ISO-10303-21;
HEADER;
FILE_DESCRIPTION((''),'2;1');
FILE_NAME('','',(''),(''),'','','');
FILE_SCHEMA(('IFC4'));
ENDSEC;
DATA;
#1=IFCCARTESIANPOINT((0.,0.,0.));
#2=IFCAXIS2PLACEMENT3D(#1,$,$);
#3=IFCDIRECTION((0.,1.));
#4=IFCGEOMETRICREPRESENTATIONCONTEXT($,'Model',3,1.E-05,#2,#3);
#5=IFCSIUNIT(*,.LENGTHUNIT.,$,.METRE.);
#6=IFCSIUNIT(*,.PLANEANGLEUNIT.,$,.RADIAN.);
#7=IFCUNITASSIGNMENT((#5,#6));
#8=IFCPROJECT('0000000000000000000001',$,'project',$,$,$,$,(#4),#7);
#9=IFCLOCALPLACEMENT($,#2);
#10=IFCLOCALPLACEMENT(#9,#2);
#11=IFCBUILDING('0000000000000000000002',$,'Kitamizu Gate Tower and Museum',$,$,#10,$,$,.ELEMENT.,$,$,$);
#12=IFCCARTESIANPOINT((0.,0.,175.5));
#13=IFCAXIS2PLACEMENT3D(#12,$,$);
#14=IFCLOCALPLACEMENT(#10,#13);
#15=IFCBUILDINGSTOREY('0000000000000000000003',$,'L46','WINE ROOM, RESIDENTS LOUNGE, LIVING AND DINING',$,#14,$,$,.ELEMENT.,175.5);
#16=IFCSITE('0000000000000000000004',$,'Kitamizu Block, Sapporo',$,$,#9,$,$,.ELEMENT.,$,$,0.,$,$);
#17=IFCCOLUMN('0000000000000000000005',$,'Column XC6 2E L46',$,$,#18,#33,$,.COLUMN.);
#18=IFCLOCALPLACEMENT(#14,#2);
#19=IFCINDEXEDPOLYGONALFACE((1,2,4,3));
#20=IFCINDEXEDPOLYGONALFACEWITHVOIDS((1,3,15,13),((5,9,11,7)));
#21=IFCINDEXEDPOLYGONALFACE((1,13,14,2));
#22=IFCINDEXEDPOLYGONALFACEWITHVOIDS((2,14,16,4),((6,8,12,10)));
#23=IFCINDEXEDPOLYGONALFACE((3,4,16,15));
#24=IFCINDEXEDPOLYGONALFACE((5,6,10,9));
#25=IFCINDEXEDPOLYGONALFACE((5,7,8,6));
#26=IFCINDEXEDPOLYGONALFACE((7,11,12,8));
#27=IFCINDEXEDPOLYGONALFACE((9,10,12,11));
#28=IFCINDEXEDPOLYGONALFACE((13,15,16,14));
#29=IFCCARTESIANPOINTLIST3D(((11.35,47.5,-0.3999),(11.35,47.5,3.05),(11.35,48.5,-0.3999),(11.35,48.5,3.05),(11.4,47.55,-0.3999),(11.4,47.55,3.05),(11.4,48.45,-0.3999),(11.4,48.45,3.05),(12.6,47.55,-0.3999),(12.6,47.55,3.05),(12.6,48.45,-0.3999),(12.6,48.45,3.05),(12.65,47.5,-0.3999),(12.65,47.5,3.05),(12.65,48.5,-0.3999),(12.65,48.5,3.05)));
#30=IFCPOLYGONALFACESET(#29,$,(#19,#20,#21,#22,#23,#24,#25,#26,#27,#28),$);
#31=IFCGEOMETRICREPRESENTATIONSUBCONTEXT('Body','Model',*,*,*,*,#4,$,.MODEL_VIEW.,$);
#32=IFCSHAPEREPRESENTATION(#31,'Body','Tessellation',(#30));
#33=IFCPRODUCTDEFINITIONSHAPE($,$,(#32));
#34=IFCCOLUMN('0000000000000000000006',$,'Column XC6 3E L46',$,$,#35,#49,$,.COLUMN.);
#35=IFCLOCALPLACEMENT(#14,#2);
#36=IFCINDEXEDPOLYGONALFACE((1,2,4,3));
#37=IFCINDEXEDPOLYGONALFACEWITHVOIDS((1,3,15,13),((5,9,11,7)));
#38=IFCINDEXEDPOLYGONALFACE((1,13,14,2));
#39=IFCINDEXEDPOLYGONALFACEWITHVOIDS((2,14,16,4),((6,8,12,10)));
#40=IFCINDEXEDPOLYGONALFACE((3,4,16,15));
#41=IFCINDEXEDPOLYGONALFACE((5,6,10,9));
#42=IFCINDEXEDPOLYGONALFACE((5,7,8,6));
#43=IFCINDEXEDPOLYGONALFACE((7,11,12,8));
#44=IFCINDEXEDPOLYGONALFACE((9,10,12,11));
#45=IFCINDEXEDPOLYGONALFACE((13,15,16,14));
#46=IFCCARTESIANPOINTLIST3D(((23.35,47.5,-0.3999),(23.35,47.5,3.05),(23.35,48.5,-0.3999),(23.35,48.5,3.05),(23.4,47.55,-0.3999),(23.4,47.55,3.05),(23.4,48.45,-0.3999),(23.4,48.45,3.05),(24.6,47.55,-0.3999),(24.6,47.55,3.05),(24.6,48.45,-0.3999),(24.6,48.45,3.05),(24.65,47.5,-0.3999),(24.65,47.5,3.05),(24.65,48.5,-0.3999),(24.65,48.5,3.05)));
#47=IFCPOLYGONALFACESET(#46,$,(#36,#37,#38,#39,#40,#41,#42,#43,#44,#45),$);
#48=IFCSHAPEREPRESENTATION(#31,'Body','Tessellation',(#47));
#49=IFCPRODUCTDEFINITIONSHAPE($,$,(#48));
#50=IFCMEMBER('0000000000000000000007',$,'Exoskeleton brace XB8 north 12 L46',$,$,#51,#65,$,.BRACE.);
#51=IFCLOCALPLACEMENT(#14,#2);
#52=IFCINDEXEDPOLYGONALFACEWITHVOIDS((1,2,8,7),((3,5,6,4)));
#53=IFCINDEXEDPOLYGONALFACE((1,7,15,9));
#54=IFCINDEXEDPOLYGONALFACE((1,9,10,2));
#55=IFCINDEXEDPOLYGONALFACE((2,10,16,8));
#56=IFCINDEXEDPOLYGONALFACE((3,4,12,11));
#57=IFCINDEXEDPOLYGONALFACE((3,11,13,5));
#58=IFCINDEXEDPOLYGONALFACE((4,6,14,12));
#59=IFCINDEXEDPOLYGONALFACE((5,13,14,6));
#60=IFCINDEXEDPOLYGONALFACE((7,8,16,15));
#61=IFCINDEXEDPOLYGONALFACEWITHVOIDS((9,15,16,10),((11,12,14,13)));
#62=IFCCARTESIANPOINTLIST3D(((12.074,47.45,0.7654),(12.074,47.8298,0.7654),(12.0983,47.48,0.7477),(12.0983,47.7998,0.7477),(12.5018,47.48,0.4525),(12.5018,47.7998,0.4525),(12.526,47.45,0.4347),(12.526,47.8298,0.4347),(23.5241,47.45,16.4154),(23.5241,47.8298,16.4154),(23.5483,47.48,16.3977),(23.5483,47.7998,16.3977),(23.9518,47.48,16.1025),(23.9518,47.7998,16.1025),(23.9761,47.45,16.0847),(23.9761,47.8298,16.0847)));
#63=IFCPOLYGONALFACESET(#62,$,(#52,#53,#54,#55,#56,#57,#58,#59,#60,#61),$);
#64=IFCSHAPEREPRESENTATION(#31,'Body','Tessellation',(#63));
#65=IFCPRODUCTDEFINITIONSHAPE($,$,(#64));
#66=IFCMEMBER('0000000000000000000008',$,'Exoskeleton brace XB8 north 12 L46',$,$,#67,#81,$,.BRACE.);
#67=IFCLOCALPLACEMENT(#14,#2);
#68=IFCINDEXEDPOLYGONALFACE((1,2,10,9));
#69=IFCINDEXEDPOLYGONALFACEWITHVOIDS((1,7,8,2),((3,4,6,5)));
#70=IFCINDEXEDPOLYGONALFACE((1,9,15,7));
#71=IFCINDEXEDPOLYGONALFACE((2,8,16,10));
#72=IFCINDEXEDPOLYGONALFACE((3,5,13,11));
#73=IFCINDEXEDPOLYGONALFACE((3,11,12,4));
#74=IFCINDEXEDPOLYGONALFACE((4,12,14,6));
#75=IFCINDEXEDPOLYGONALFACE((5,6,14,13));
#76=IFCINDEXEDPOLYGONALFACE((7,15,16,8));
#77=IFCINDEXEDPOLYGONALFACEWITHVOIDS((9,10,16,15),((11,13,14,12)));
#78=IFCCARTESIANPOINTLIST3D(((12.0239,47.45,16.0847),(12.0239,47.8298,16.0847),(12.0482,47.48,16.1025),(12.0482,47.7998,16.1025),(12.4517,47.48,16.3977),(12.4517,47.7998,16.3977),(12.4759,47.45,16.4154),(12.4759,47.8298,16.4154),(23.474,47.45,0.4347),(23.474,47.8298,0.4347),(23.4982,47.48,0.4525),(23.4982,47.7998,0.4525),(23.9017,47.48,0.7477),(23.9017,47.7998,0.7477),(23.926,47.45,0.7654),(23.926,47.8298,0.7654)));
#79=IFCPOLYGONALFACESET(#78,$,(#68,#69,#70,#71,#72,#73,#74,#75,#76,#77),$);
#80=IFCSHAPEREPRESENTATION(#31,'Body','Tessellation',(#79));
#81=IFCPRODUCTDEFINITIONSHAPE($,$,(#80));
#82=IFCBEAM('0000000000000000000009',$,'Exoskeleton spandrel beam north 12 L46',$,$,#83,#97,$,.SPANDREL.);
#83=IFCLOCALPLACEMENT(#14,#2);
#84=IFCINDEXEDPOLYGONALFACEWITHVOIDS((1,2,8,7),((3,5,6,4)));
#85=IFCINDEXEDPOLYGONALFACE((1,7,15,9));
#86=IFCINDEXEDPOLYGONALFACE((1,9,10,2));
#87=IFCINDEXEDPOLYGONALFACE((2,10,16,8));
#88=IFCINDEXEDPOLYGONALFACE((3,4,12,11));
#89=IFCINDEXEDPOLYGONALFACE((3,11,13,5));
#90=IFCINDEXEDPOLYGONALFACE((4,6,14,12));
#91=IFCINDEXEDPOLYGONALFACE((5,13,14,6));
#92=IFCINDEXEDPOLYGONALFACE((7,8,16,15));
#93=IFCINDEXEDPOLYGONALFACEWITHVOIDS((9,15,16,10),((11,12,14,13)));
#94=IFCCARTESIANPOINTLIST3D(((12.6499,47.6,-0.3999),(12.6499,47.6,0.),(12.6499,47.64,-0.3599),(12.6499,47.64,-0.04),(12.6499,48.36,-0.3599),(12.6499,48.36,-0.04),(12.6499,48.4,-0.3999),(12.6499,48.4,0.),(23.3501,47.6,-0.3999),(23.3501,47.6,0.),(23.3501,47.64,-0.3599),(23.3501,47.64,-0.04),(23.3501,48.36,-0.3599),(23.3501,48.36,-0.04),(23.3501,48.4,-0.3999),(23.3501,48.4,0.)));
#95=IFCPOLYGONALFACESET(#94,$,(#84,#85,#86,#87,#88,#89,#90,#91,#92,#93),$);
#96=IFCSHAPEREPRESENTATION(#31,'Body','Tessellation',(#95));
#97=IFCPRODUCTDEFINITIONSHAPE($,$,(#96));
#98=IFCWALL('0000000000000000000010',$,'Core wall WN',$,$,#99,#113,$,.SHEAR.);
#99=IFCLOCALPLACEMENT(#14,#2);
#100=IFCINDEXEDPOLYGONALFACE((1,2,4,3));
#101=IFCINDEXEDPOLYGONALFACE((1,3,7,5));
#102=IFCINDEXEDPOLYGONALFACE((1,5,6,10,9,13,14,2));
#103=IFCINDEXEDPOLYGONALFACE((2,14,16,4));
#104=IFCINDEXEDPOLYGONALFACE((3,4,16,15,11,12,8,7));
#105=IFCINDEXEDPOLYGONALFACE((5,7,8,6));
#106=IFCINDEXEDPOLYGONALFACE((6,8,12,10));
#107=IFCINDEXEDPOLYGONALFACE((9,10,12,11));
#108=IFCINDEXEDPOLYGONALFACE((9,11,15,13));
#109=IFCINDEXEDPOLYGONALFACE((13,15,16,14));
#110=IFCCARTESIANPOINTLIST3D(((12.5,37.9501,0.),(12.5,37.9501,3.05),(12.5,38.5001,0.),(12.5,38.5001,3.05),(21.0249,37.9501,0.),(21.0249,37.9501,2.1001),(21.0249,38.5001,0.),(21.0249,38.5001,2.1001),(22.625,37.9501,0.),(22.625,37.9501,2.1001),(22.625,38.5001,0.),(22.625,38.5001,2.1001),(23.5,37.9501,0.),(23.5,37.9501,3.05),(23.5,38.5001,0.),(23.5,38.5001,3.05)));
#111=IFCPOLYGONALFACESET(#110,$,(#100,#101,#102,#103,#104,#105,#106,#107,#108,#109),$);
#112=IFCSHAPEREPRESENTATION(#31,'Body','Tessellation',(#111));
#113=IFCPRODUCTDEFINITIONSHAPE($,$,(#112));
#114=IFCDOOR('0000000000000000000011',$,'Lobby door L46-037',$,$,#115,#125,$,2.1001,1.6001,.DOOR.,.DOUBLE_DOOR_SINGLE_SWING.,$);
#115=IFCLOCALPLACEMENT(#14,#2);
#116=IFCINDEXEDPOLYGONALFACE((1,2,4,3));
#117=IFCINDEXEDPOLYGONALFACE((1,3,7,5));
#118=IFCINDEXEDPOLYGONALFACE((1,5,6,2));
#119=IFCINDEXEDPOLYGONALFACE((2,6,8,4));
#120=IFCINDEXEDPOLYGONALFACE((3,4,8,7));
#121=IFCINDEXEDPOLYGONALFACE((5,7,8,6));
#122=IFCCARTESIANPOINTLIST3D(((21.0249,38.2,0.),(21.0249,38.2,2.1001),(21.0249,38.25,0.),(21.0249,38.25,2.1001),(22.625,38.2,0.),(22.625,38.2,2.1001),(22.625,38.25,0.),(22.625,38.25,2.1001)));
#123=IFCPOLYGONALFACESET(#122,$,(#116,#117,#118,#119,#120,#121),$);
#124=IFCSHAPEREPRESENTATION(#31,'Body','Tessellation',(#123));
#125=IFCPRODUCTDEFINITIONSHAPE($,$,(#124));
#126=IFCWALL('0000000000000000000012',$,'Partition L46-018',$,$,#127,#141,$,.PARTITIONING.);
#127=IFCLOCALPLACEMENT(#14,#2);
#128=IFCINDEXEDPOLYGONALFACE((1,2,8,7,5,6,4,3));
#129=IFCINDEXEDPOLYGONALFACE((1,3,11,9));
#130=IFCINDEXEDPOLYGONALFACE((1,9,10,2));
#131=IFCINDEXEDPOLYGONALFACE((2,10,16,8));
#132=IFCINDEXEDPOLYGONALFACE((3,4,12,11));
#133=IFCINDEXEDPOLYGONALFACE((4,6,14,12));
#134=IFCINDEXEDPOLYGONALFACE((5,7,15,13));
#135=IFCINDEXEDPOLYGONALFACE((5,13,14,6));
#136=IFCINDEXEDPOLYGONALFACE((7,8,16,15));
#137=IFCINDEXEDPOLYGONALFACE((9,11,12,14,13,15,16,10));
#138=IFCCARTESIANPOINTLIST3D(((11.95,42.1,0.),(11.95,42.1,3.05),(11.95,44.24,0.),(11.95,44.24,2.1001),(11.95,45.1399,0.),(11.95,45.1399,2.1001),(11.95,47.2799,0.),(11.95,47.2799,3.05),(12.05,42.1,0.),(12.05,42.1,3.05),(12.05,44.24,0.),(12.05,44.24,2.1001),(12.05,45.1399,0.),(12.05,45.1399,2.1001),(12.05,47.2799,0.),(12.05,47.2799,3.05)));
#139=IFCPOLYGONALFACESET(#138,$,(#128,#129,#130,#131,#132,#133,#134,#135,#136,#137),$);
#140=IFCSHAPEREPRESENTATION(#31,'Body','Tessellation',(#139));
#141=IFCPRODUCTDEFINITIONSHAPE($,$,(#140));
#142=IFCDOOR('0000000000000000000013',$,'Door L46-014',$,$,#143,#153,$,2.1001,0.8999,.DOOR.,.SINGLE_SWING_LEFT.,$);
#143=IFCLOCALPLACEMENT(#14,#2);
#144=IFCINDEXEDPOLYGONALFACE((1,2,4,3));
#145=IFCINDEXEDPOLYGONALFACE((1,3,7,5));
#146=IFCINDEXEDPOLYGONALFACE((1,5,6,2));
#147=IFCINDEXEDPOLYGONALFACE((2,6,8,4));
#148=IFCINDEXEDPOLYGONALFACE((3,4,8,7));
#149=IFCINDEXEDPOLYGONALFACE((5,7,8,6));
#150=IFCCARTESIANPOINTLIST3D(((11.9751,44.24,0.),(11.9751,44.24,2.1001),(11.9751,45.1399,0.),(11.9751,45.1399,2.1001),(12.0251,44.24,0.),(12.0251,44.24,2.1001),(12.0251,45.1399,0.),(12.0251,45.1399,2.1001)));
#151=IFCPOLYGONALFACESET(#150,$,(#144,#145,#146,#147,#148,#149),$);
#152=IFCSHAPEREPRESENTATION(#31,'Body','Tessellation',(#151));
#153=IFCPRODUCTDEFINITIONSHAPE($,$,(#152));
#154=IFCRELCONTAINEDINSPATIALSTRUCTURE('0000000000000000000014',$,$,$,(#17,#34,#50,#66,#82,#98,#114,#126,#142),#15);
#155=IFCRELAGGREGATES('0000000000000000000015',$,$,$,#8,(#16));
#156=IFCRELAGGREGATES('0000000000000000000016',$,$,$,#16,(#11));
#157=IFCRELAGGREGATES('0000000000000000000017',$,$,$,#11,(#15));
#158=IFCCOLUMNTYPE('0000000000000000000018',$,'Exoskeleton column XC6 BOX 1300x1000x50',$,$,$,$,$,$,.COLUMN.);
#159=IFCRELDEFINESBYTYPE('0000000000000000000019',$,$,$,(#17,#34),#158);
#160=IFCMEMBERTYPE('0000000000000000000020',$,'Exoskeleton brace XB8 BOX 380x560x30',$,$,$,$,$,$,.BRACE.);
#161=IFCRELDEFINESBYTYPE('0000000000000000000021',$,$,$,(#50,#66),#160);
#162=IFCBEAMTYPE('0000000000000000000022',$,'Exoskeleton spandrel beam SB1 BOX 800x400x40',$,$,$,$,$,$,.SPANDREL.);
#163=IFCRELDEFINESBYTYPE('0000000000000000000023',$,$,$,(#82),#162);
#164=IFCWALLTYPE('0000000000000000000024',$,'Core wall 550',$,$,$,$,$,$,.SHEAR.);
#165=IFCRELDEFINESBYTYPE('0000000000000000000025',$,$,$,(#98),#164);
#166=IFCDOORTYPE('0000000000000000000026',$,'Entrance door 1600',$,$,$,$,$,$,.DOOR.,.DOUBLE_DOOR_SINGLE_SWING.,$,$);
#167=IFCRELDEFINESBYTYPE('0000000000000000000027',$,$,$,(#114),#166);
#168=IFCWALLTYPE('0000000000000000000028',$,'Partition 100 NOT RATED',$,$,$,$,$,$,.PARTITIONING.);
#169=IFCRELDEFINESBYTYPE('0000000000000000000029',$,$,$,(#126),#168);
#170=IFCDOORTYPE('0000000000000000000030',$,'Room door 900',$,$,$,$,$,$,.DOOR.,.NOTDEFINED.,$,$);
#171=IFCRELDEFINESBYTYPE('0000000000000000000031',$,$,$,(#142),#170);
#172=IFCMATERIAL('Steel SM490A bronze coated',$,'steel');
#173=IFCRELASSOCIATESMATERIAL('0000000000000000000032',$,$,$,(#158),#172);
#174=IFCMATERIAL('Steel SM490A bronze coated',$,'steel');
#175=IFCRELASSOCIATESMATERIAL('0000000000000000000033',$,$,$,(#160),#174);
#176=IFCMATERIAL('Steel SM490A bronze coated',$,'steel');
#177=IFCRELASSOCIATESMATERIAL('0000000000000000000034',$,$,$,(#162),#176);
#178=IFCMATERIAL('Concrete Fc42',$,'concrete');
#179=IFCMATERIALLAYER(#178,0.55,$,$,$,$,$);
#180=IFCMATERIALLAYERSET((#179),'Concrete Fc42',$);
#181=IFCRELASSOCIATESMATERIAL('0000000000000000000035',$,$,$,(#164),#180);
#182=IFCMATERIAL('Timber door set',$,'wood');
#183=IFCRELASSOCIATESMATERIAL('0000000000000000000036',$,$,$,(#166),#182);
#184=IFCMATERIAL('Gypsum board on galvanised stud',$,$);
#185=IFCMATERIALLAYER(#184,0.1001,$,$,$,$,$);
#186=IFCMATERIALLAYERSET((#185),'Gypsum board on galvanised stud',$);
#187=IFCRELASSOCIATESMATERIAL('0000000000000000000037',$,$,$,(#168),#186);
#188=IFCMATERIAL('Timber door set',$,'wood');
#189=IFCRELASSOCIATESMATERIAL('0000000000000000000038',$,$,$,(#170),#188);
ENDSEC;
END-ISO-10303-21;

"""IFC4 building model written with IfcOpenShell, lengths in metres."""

from ifc_helpers import new_model, si_unit, direction, frame, frame_2d, origin, origin_2d, place, context, subcontext, project, spatial, rectangle, hollow_rectangle, extrude, material, layer, layer_set, material_profile, profile_set, type_object, element, fill, save


model = new_model("IFC4")

# Units and contexts
model_context = context("Model", 3, precision=1e-05, world=origin(), true_north=direction((0.0, 1.0)))
body_context = subcontext(model_context, "Body", "Model", "MODEL_VIEW")
ifc_project = project(units=[si_unit("LENGTHUNIT", "METRE"), si_unit("PLANEANGLEUNIT", "RADIAN")], contexts=[model_context])

# Site, building, storey
site_placement = place(None, origin())
site = spatial("IfcSite", under=ifc_project, at=site_placement, Name="Kitamizu Block, Sapporo", CompositionType="ELEMENT", RefElevation=0.0)
building_placement = place(site_placement, origin())
building = spatial("IfcBuilding", under=site, at=building_placement, Name="Kitamizu Gate Tower and Museum", CompositionType="ELEMENT")
storey_placement = place(building_placement, frame((0.0, 0.0, 175.5)))
storey = spatial("IfcBuildingStorey", under=building, at=storey_placement, Name="L46", Description="WINE ROOM, RESIDENTS LOUNGE, LIVING AND DINING", CompositionType="ELEMENT", Elevation=175.5)

# Columns
ifc_material_1 = material(Name="Steel SM490A bronze coated", Category="steel")
ifc_material_profile_1 = material_profile(ifc_material_1, hollow_rectangle(XDim=1.3, YDim=1.0, WallThickness=0.05, at=origin_2d()), Name="BOX 1300x1000x50")
ifc_profile_set_1 = profile_set([ifc_material_profile_1], Name="Steel SM490A bronze coated")
column_type = type_object("IfcColumnType", Name="Exoskeleton column XC6 BOX 1300x1000x50", PredefinedType="COLUMN", material=ifc_profile_set_1)
for number, where, z_axis, x_axis, name in (
    (1, (12.0, 48.0, -0.3999), (0.0, 0.0, 1.0), (1.0, 0.0, 0.0), "Column XC6 2E L46"),
    (2, (24.0, 48.0, -0.3999), (0.0, 0.0, 1.0), (1.0, 0.0, 0.0), "Column XC6 3E L46"),
):
    element("IfcColumn", number, at=place(storey_placement, frame(where, z_axis=z_axis, x_axis=x_axis)), inside=storey, type_object=column_type, Name=name, PredefinedType="COLUMN", context=body_context, shape_type="SweptSolid", body=[
        extrude(hollow_rectangle(XDim=1.3, YDim=1.0, WallThickness=0.05, at=origin_2d()), origin(), (0.0, 0.0, 1.0), 3.45),
    ])

# Members
ifc_material_2 = material(Name="Steel SM490A bronze coated", Category="steel")
ifc_material_profile_2 = material_profile(ifc_material_2, hollow_rectangle(XDim=0.3799, YDim=0.5601, WallThickness=0.03, at=origin_2d()), Name="BOX 380x560x30")
ifc_profile_set_2 = profile_set([ifc_material_profile_2], Name="Steel SM490A bronze coated")
member_type = type_object("IfcMemberType", Name="Exoskeleton brace XB8 BOX 380x560x30", PredefinedType="BRACE", material=ifc_profile_set_2)
for number, where, z_axis, x_axis, name in (
    (3, (12.3, 47.6399, 0.6001), (0.59047, 0.0, 0.80706), (0.0, 1.0, 0.0), "Exoskeleton brace XB8 north 12 L46"),
    (4, (23.7, 47.6399, 0.6001), (-0.59047, 0.0, 0.80706), (0.0, -1.0, 0.0), "Exoskeleton brace XB8 north 12 L46"),
):
    element("IfcMember", number, at=place(storey_placement, frame(where, z_axis=z_axis, x_axis=x_axis)), inside=storey, type_object=member_type, Name=name, PredefinedType="BRACE", context=body_context, shape_type="SweptSolid", body=[
        extrude(hollow_rectangle(XDim=0.3799, YDim=0.5601, WallThickness=0.03, at=origin_2d()), origin(), (0.0, 0.0, 1.0), 19.3914),
    ])

# Beam
ifc_material_3 = material(Name="Steel SM490A bronze coated", Category="steel")
ifc_material_profile_3 = material_profile(ifc_material_3, hollow_rectangle(XDim=0.8, YDim=0.3999, WallThickness=0.04, at=origin_2d()), Name="BOX 800x400x40")
ifc_profile_set_3 = profile_set([ifc_material_profile_3], Name="Steel SM490A bronze coated")
beam_type = type_object("IfcBeamType", Name="Exoskeleton spandrel beam SB1 BOX 800x400x40", PredefinedType="SPANDREL", material=ifc_profile_set_3)
beam_placement = place(storey_placement, frame((12.6499, 48.0, -0.2), z_axis=(1.0, 0.0, 0.0), x_axis=(0.0, 1.0, 0.0)))
element("IfcBeam", 5, at=beam_placement, inside=storey, type_object=beam_type, Name="Exoskeleton spandrel beam north 12 L46", PredefinedType="SPANDREL", context=body_context, shape_type="SweptSolid", body=[
    extrude(hollow_rectangle(XDim=0.8, YDim=0.3999, WallThickness=0.04, at=origin_2d()), origin(), (0.0, 0.0, 1.0), 10.7002),
])

# Walls, openings, doors
ifc_material_4 = material(Name="Concrete Fc42", Category="concrete")
ifc_layer_1 = layer(ifc_material_4, 0.55)
ifc_layer_set_1 = layer_set([ifc_layer_1], Name="Concrete Fc42")
wall_type_1 = type_object("IfcWallType", Name="Core wall 550", PredefinedType="SHEAR", material=ifc_layer_set_1)
wall_1_placement = place(storey_placement, frame((12.5, 38.2251, 0.0), z_axis=(0.0, 0.0, 1.0), x_axis=(1.0, 0.0, 0.0)))
wall_1 = element("IfcWall", 6, at=wall_1_placement, inside=storey, type_object=wall_type_1, Name="Core wall WN", PredefinedType="SHEAR", context=body_context, shape_type="SweptSolid", body=[
    extrude(rectangle(XDim=11.0, YDim=0.55, at=frame_2d((5.5, 0.0))), origin(), (0.0, 0.0, 1.0), 3.05),
])
opening_1_placement = place(wall_1_placement, frame((8.5249, 0.0, 0.0)))
opening_1 = element("IfcOpeningElement", 7, at=opening_1_placement, cuts=wall_1, PredefinedType="OPENING", context=body_context, shape_type="SweptSolid", body=[
    extrude(rectangle(XDim=1.6001, YDim=2.1001, at=frame_2d((0.8, 1.05))), frame((0.0, 0.2852, 0.0), z_axis=(0.0, -1.0, 0.0), x_axis=(1.0, 0.0, 0.0)), (0.0, 0.0, 1.0), 0.5701),
])
ifc_material_5 = material(Name="Timber door set", Category="wood")
door_type_1 = type_object("IfcDoorType", Name="Entrance door 1600", OperationType="DOUBLE_DOOR_SINGLE_SWING", PredefinedType="DOOR", material=ifc_material_5)
door_1_placement = place(opening_1_placement, origin())
door_1 = element("IfcDoor", 8, at=door_1_placement, inside=storey, type_object=door_type_1, Name="Lobby door L46-037", OperationType="DOUBLE_DOOR_SINGLE_SWING", OverallHeight=2.1001, OverallWidth=1.6001, PredefinedType="DOOR", context=body_context, shape_type="SweptSolid", body=[
    extrude(rectangle(XDim=1.6001, YDim=2.1001, at=frame_2d((0.8, 1.05))), frame((0.0, 0.0249, 0.0), z_axis=(0.0, -1.0, 0.0), x_axis=(1.0, 0.0, 0.0)), (0.0, 0.0, 1.0), 0.05),
])
fill(opening_1, door_1)
ifc_material_6 = material(Name="Gypsum board on galvanised stud")
ifc_layer_2 = layer(ifc_material_6, 0.1001)
ifc_layer_set_2 = layer_set([ifc_layer_2], Name="Gypsum board on galvanised stud")
wall_type_2 = type_object("IfcWallType", Name="Partition 100 NOT RATED", PredefinedType="PARTITIONING", material=ifc_layer_set_2)
wall_2_placement = place(storey_placement, frame((12.0, 42.1001, 0.0), z_axis=(0.0, 0.0, 1.0), x_axis=(0.0, 1.0, 0.0)))
wall_2 = element("IfcWall", 9, at=wall_2_placement, inside=storey, type_object=wall_type_2, Name="Partition L46-018", PredefinedType="PARTITIONING", context=body_context, shape_type="SweptSolid", body=[
    extrude(rectangle(XDim=5.1799, YDim=0.1001, at=frame_2d((2.5898, 0.0))), origin(), (0.0, 0.0, 1.0), 3.05),
])
opening_2_placement = place(wall_2_placement, frame((2.1399, 0.0, 0.0)))
opening_2 = element("IfcOpeningElement", 10, at=opening_2_placement, cuts=wall_2, PredefinedType="OPENING", context=body_context, shape_type="SweptSolid", body=[
    extrude(rectangle(XDim=0.8999, YDim=2.1001, at=frame_2d((0.45, 1.05))), frame((0.0, 0.0601, 0.0), z_axis=(0.0, -1.0, 0.0), x_axis=(1.0, 0.0, 0.0)), (0.0, 0.0, 1.0), 0.1201),
])
ifc_material_7 = material(Name="Timber door set", Category="wood")
door_type_2 = type_object("IfcDoorType", Name="Room door 900", OperationType="NOTDEFINED", PredefinedType="DOOR", material=ifc_material_7)
door_2_placement = place(opening_2_placement, origin())
door_2 = element("IfcDoor", 11, at=door_2_placement, inside=storey, type_object=door_type_2, Name="Door L46-014", OperationType="SINGLE_SWING_LEFT", OverallHeight=2.1001, OverallWidth=0.8999, PredefinedType="DOOR", context=body_context, shape_type="SweptSolid", body=[
    extrude(rectangle(XDim=0.8999, YDim=2.1001, at=frame_2d((0.45, 1.05))), frame((0.0, 0.0249, 0.0), z_axis=(0.0, -1.0, 0.0), x_axis=(1.0, 0.0, 0.0)), (0.0, 0.0, 1.0), 0.05),
])
fill(opening_2, door_2)

save(model, "model.ifc")
